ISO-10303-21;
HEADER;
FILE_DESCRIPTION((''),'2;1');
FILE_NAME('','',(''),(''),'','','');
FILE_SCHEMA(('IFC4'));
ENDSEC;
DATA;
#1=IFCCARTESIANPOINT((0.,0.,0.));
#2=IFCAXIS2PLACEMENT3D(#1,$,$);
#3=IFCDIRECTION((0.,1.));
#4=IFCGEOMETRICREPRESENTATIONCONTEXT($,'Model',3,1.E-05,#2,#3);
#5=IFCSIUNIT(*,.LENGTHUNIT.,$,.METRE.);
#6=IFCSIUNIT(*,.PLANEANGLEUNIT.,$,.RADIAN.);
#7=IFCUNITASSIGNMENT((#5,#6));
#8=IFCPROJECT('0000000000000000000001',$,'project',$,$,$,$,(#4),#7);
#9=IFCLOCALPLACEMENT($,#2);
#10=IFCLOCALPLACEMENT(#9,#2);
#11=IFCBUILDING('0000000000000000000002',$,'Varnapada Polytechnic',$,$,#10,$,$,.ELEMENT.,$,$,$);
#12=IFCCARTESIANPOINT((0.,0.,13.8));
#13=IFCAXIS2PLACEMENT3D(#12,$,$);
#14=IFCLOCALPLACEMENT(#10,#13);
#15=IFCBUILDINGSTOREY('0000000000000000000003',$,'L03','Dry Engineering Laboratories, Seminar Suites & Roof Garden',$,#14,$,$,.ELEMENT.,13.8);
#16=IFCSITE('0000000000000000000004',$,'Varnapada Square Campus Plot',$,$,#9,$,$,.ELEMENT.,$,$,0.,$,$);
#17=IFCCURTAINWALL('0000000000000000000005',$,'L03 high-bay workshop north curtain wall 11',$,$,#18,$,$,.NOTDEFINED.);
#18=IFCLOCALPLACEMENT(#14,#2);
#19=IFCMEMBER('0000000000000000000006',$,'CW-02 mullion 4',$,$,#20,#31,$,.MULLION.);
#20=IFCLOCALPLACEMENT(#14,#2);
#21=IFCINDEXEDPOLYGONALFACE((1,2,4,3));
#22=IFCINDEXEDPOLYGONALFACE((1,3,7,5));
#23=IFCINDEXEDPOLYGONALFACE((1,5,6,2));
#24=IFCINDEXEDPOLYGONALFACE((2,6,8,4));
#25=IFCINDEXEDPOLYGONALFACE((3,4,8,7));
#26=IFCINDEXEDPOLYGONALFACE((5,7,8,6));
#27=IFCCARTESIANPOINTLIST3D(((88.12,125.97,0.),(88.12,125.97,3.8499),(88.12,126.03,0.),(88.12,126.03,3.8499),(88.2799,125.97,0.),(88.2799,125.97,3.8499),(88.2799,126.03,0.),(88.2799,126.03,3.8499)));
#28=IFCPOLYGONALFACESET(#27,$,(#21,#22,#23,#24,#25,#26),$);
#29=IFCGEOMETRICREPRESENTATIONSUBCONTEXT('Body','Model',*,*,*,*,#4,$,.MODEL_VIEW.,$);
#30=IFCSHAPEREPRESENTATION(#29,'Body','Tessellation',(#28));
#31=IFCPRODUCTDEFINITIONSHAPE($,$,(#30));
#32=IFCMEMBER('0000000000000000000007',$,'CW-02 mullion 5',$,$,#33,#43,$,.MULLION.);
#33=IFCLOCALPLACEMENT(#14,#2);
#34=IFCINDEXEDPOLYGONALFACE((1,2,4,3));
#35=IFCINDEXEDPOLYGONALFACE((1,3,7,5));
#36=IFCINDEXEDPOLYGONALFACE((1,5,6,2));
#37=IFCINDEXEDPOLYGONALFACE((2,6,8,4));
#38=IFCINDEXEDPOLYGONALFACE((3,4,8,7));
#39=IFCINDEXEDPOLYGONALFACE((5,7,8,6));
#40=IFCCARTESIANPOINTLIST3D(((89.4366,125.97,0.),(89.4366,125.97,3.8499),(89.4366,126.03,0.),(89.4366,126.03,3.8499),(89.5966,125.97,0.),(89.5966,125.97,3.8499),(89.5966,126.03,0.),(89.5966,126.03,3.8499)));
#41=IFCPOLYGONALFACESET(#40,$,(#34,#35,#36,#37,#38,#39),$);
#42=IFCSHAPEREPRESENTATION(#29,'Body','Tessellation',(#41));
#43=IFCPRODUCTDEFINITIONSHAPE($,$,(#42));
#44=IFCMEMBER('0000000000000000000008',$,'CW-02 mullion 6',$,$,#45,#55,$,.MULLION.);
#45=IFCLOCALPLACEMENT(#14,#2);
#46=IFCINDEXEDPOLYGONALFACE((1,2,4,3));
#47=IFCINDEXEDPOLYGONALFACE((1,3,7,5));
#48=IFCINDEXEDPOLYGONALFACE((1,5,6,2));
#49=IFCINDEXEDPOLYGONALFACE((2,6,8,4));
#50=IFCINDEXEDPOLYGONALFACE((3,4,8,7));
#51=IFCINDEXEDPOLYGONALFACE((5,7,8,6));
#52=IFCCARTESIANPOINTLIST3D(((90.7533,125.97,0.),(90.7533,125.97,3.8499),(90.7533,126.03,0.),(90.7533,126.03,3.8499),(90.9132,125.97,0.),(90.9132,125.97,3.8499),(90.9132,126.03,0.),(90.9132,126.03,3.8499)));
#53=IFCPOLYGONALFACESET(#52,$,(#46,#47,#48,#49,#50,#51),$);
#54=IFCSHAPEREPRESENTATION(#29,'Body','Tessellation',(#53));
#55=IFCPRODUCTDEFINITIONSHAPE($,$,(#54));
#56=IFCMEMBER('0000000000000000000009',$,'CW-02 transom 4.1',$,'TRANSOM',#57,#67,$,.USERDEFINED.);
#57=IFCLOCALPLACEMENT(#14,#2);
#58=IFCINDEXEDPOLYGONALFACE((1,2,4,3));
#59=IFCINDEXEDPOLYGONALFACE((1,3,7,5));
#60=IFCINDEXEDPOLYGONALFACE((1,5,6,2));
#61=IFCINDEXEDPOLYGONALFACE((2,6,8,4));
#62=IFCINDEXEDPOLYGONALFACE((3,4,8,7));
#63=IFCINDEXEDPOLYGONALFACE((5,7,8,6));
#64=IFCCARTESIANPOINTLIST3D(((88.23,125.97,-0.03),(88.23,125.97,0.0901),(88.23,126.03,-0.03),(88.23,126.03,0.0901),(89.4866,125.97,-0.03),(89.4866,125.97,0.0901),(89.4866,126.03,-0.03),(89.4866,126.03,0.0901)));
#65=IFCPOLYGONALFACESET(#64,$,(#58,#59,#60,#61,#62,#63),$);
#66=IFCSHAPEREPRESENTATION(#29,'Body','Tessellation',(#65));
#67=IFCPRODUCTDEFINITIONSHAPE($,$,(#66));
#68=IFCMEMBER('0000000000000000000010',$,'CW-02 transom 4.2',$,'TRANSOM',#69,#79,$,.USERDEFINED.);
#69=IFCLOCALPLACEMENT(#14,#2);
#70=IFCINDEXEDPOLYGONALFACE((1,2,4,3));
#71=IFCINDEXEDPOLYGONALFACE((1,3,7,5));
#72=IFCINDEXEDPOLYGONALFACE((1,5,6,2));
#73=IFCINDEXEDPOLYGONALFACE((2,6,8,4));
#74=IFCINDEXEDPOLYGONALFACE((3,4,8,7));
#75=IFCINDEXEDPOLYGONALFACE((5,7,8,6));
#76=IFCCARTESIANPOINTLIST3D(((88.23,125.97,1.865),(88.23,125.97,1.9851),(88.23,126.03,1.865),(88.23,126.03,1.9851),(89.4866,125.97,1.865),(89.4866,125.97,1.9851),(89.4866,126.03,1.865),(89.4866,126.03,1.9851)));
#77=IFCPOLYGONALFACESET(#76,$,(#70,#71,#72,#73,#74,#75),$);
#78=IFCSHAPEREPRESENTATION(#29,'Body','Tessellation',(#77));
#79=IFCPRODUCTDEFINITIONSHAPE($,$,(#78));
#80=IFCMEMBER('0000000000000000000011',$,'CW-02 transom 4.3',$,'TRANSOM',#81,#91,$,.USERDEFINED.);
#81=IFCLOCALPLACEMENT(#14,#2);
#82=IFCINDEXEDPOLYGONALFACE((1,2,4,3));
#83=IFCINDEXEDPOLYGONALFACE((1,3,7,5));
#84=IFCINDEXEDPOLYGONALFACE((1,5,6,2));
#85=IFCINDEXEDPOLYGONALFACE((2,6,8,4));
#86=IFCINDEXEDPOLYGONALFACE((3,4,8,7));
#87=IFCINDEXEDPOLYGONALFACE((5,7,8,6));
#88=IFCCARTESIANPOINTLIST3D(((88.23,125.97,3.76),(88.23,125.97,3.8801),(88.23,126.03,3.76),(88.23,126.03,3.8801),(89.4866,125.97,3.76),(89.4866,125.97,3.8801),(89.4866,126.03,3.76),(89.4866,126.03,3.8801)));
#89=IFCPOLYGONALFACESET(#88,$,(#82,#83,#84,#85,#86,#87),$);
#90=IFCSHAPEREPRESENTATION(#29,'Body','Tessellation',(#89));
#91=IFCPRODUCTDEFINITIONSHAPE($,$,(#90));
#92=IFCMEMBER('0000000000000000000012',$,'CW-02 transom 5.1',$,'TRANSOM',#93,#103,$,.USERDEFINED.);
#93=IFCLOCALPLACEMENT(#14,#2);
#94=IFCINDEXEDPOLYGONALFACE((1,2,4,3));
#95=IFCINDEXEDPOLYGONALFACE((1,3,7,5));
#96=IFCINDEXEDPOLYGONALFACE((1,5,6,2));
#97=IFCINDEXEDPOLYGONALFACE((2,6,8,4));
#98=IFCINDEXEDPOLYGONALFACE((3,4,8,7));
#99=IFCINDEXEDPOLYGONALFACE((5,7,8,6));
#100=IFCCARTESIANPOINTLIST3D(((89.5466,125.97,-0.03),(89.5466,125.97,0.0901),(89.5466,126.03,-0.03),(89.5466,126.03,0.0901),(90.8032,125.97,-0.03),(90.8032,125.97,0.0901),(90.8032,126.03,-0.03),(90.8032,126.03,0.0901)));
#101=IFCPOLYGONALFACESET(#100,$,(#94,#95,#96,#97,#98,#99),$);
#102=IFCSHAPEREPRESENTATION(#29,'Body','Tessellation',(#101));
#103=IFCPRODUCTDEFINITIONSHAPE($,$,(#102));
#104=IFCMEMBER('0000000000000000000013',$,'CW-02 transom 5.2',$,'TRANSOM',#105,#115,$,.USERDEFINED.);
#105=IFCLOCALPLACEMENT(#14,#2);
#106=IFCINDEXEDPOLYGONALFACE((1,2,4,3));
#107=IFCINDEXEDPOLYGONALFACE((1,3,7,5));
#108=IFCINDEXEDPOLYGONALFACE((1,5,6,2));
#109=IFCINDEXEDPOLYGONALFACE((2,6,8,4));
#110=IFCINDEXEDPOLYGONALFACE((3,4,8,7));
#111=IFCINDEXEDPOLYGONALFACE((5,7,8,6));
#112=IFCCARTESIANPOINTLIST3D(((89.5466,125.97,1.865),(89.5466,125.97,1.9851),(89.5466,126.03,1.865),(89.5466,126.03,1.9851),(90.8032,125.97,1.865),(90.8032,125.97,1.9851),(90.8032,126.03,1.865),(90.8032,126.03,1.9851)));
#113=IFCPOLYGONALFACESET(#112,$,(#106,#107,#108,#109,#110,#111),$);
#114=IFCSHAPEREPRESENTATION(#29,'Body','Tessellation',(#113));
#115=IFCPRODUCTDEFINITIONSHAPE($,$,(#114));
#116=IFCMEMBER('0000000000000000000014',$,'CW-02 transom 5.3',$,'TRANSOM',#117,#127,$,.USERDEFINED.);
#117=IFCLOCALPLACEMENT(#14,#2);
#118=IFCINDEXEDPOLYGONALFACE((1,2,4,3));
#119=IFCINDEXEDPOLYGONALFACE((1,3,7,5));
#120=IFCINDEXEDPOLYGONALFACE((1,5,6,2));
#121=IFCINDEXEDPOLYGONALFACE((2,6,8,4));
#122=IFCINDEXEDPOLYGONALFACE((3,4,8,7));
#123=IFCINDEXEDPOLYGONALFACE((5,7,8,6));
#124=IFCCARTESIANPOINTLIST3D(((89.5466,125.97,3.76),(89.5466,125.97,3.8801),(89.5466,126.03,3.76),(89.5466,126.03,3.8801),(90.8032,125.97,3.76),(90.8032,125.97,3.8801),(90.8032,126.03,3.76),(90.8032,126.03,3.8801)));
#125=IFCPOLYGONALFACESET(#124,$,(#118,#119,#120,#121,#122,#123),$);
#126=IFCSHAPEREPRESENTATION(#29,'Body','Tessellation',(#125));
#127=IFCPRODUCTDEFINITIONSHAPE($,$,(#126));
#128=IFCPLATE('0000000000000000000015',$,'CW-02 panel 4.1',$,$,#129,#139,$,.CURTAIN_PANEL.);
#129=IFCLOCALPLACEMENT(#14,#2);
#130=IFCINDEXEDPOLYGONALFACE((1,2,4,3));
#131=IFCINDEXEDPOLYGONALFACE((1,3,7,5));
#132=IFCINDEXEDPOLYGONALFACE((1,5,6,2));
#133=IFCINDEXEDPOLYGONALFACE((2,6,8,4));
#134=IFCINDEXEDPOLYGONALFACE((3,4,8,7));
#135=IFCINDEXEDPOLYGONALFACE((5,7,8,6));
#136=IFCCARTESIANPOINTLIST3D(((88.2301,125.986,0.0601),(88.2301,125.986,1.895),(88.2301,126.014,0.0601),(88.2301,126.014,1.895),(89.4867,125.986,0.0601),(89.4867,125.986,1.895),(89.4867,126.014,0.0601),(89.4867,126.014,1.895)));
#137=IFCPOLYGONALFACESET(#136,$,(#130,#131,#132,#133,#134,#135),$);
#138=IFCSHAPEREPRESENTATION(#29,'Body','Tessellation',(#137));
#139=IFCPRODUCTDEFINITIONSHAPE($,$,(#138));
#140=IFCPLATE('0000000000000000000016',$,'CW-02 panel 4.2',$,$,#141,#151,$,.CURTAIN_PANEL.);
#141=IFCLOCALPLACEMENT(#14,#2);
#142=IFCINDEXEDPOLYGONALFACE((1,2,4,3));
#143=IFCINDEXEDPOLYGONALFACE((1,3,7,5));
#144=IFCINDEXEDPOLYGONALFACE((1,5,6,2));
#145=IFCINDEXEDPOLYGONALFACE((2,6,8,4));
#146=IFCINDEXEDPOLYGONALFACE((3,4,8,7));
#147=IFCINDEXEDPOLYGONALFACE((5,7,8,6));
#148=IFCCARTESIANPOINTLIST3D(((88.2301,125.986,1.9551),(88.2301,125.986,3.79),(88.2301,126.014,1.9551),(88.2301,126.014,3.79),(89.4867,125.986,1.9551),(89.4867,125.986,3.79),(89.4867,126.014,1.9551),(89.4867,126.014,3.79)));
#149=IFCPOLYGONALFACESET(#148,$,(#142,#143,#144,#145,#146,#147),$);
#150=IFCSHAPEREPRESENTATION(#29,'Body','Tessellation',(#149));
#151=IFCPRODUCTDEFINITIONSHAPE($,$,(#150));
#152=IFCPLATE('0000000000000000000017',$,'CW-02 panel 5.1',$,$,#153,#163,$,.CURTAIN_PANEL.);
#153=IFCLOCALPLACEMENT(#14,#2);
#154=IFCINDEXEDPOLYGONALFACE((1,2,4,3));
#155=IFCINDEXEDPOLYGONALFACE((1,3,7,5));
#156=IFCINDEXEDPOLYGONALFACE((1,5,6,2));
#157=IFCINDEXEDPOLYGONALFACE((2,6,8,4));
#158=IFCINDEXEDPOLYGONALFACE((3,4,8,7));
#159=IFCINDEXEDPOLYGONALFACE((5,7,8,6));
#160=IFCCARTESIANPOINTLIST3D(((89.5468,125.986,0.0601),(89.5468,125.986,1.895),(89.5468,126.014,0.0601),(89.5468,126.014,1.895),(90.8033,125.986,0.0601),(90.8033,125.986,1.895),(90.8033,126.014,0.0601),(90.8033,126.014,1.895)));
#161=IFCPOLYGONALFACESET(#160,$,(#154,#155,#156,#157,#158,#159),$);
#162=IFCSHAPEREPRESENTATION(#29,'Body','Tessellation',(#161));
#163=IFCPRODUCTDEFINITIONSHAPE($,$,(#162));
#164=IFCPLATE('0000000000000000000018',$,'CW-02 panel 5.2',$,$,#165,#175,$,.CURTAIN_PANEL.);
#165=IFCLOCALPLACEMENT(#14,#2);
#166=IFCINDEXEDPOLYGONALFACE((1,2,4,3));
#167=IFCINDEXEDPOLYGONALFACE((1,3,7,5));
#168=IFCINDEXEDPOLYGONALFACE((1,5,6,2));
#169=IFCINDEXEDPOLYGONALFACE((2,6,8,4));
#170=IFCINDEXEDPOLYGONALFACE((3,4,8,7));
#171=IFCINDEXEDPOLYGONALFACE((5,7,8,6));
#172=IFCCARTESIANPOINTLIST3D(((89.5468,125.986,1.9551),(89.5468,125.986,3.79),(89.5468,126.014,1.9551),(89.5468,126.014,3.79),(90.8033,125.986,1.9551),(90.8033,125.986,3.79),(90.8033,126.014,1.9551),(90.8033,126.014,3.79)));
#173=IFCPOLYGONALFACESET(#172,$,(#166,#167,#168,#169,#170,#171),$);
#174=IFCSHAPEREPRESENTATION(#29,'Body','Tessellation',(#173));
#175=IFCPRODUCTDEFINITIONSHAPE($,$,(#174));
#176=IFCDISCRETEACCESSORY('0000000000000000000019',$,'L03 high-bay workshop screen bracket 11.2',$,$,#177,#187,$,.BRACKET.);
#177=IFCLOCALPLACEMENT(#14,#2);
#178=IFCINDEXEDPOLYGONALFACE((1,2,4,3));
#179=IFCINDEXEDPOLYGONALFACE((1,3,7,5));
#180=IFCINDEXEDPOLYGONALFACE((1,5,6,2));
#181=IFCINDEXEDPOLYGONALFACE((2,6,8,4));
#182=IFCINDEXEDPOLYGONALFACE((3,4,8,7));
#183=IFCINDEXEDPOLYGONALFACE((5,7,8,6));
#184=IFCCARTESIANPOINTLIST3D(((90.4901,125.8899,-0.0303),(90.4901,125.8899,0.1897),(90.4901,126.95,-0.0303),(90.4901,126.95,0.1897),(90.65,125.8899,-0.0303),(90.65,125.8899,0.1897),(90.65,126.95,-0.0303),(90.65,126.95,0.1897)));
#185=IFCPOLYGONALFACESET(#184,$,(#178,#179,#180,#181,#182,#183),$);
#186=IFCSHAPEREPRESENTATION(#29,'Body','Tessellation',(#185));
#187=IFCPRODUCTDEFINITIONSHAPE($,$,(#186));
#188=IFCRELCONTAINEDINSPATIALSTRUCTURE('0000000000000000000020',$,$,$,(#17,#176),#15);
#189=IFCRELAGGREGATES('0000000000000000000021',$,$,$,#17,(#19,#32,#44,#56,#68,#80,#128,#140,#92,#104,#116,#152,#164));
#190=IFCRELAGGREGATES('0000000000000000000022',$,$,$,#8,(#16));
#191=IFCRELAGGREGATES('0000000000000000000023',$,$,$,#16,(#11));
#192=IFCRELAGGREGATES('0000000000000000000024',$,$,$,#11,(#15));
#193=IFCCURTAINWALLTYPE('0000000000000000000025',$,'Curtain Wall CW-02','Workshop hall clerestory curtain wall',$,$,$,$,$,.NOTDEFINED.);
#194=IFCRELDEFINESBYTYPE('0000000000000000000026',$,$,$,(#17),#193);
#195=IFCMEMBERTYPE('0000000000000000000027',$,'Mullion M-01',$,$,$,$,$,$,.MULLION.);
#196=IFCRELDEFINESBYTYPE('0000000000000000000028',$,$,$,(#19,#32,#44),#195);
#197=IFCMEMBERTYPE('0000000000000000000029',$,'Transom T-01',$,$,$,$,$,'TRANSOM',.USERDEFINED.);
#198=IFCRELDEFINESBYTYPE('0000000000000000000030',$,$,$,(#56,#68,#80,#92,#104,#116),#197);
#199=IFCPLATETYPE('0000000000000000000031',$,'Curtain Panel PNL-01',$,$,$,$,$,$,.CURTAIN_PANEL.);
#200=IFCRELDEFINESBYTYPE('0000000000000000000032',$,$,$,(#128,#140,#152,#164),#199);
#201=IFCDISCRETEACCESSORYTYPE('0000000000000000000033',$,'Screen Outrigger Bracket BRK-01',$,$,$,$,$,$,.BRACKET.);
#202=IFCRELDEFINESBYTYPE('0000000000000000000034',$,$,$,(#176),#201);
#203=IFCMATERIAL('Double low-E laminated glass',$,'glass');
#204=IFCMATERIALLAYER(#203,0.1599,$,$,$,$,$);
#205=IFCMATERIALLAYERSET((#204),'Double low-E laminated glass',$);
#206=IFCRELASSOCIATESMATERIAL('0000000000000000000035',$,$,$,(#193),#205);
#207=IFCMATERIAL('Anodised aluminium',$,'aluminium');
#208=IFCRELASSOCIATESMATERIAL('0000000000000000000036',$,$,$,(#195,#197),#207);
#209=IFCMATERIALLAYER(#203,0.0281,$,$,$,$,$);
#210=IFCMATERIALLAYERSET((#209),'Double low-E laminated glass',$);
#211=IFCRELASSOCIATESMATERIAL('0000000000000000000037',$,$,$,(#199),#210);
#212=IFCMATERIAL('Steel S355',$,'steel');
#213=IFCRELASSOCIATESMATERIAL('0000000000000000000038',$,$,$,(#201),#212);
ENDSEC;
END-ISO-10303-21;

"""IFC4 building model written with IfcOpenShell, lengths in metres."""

from ifc_helpers import new_model, si_unit, direction, frame, origin, origin_2d, place, context, subcontext, project, spatial, rectangle, extrude, material, layer, layer_set, material_profile, profile_set, type_object, element, aggregate, save


model = new_model("IFC4")

# Units and contexts
model_context = context("Model", 3, precision=1e-05, world=origin(), true_north=direction((0.0, 1.0)))
body_context = subcontext(model_context, "Body", "Model", "MODEL_VIEW")
ifc_project = project(units=[si_unit("LENGTHUNIT", "METRE"), si_unit("PLANEANGLEUNIT", "RADIAN")], contexts=[model_context])

# Site, building, storey
site_placement = place(None, origin())
site = spatial("IfcSite", under=ifc_project, at=site_placement, Name="Varnapada Square Campus Plot", CompositionType="ELEMENT", RefElevation=0.0)
building_placement = place(site_placement, origin())
building = spatial("IfcBuilding", under=site, at=building_placement, Name="Varnapada Polytechnic", CompositionType="ELEMENT")
storey_placement = place(building_placement, frame((0.0, 0.0, 13.8)))
storey = spatial("IfcBuildingStorey", under=building, at=storey_placement, Name="L03", Description="Dry Engineering Laboratories, Seminar Suites & Roof Garden", CompositionType="ELEMENT", Elevation=13.8)

# Curtain wall, members, plates
ifc_material_1 = material(Name="Double low-E laminated glass", Category="glass")
ifc_layer_1 = layer(ifc_material_1, 0.1599)
ifc_layer_set_1 = layer_set([ifc_layer_1], Name="Double low-E laminated glass")
curtain_wall_type = type_object("IfcCurtainWallType", Name="Curtain Wall CW-02", Description="Workshop hall clerestory curtain wall", PredefinedType="NOTDEFINED", material=ifc_layer_set_1)
curtain_wall_placement = place(storey_placement, origin())
curtain_wall = element("IfcCurtainWall", 1, at=curtain_wall_placement, inside=storey, type_object=curtain_wall_type, Name="L03 high-bay workshop north curtain wall 11", PredefinedType="NOTDEFINED")
ifc_material_2 = material(Name="Anodised aluminium", Category="aluminium")
ifc_material_profile_1 = material_profile(ifc_material_2, rectangle(XDim=0.0601, YDim=0.1599, at=origin_2d()), Name="ALU M60x160")
ifc_profile_set_1 = profile_set([ifc_material_profile_1], Name="Anodised aluminium")
member_type_1 = type_object("IfcMemberType", Name="Mullion M-01", PredefinedType="MULLION", material=ifc_profile_set_1)
member_1_placement = place(storey_placement, frame((88.2, 126.0, 0.0), z_axis=(0.0, 0.0, 1.0), x_axis=(0.0, 1.0, 0.0)))
member_1 = element("IfcMember", 2, at=member_1_placement, type_object=member_type_1, Name="CW-02 mullion 4", PredefinedType="MULLION", context=body_context, shape_type="SweptSolid", body=[
    extrude(rectangle(XDim=0.0601, YDim=0.1599, at=origin_2d()), origin(), (0.0, 0.0, 1.0), 3.8499),
])
member_2_placement = place(storey_placement, frame((89.5166, 126.0, 0.0), z_axis=(0.0, 0.0, 1.0), x_axis=(0.0, 1.0, 0.0)))
member_2 = element("IfcMember", 3, at=member_2_placement, type_object=member_type_1, Name="CW-02 mullion 5", PredefinedType="MULLION", context=body_context, shape_type="SweptSolid", body=[
    extrude(rectangle(XDim=0.0601, YDim=0.1599, at=origin_2d()), origin(), (0.0, 0.0, 1.0), 3.8499),
])
member_3_placement = place(storey_placement, frame((90.8333, 126.0, 0.0), z_axis=(0.0, 0.0, 1.0), x_axis=(0.0, 1.0, 0.0)))
member_3 = element("IfcMember", 4, at=member_3_placement, type_object=member_type_1, Name="CW-02 mullion 6", PredefinedType="MULLION", context=body_context, shape_type="SweptSolid", body=[
    extrude(rectangle(XDim=0.0601, YDim=0.1599, at=origin_2d()), origin(), (0.0, 0.0, 1.0), 3.8499),
])
ifc_material_profile_2 = material_profile(ifc_material_2, rectangle(XDim=0.0601, YDim=0.1201, at=origin_2d()), Name="ALU T60x120")
ifc_profile_set_2 = profile_set([ifc_material_profile_2], Name="Anodised aluminium")
member_type_2 = type_object("IfcMemberType", Name="Transom T-01", ElementType="TRANSOM", PredefinedType="USERDEFINED", material=ifc_profile_set_2)
member_4_placement = place(storey_placement, frame((88.23, 126.0, 0.03), z_axis=(1.0, 0.0, 0.0), x_axis=(0.0, 1.0, 0.0)))
member_4 = element("IfcMember", 5, at=member_4_placement, type_object=member_type_2, Name="CW-02 transom 4.1", ObjectType="TRANSOM", PredefinedType="USERDEFINED", context=body_context, shape_type="SweptSolid", body=[
    extrude(rectangle(XDim=0.0601, YDim=0.1201, at=origin_2d()), origin(), (0.0, 0.0, 1.0), 1.2566),
])
member_5_placement = place(storey_placement, frame((88.23, 126.0, 1.925), z_axis=(1.0, 0.0, 0.0), x_axis=(0.0, 1.0, 0.0)))
member_5 = element("IfcMember", 6, at=member_5_placement, type_object=member_type_2, Name="CW-02 transom 4.2", ObjectType="TRANSOM", PredefinedType="USERDEFINED", context=body_context, shape_type="SweptSolid", body=[
    extrude(rectangle(XDim=0.0601, YDim=0.1201, at=origin_2d()), origin(), (0.0, 0.0, 1.0), 1.2566),
])
member_6_placement = place(storey_placement, frame((88.23, 126.0, 3.8201), z_axis=(1.0, 0.0, 0.0), x_axis=(0.0, 1.0, 0.0)))
member_6 = element("IfcMember", 7, at=member_6_placement, type_object=member_type_2, Name="CW-02 transom 4.3", ObjectType="TRANSOM", PredefinedType="USERDEFINED", context=body_context, shape_type="SweptSolid", body=[
    extrude(rectangle(XDim=0.0601, YDim=0.1201, at=origin_2d()), origin(), (0.0, 0.0, 1.0), 1.2566),
])
member_7_placement = place(storey_placement, frame((89.5466, 126.0, 0.03), z_axis=(1.0, 0.0, 0.0), x_axis=(0.0, 1.0, 0.0)))
member_7 = element("IfcMember", 8, at=member_7_placement, type_object=member_type_2, Name="CW-02 transom 5.1", ObjectType="TRANSOM", PredefinedType="USERDEFINED", context=body_context, shape_type="SweptSolid", body=[
    extrude(rectangle(XDim=0.0601, YDim=0.1201, at=origin_2d()), origin(), (0.0, 0.0, 1.0), 1.2566),
])
member_8_placement = place(storey_placement, frame((89.5466, 126.0, 1.925), z_axis=(1.0, 0.0, 0.0), x_axis=(0.0, 1.0, 0.0)))
member_8 = element("IfcMember", 9, at=member_8_placement, type_object=member_type_2, Name="CW-02 transom 5.2", ObjectType="TRANSOM", PredefinedType="USERDEFINED", context=body_context, shape_type="SweptSolid", body=[
    extrude(rectangle(XDim=0.0601, YDim=0.1201, at=origin_2d()), origin(), (0.0, 0.0, 1.0), 1.2566),
])
member_9_placement = place(storey_placement, frame((89.5466, 126.0, 3.8201), z_axis=(1.0, 0.0, 0.0), x_axis=(0.0, 1.0, 0.0)))
member_9 = element("IfcMember", 10, at=member_9_placement, type_object=member_type_2, Name="CW-02 transom 5.3", ObjectType="TRANSOM", PredefinedType="USERDEFINED", context=body_context, shape_type="SweptSolid", body=[
    extrude(rectangle(XDim=0.0601, YDim=0.1201, at=origin_2d()), origin(), (0.0, 0.0, 1.0), 1.2566),
])
ifc_layer_2 = layer(ifc_material_1, 0.0281)
ifc_layer_set_2 = layer_set([ifc_layer_2], Name="Double low-E laminated glass")
plate_type = type_object("IfcPlateType", Name="Curtain Panel PNL-01", PredefinedType="CURTAIN_PANEL", material=ifc_layer_set_2)
plate_1_placement = place(storey_placement, frame((88.8584, 126.0, 0.0601), z_axis=(0.0, 0.0, 1.0), x_axis=(1.0, 0.0, 0.0)))
plate_1 = element("IfcPlate", 11, at=plate_1_placement, type_object=plate_type, Name="CW-02 panel 4.1", PredefinedType="CURTAIN_PANEL", context=body_context, shape_type="SweptSolid", body=[
    extrude(rectangle(XDim=1.2566, YDim=0.0281, at=origin_2d()), origin(), (0.0, 0.0, 1.0), 1.835),
])
plate_2_placement = place(storey_placement, frame((88.8584, 126.0, 1.9551), z_axis=(0.0, 0.0, 1.0), x_axis=(1.0, 0.0, 0.0)))
plate_2 = element("IfcPlate", 12, at=plate_2_placement, type_object=plate_type, Name="CW-02 panel 4.2", PredefinedType="CURTAIN_PANEL", context=body_context, shape_type="SweptSolid", body=[
    extrude(rectangle(XDim=1.2566, YDim=0.0281, at=origin_2d()), origin(), (0.0, 0.0, 1.0), 1.835),
])
plate_3_placement = place(storey_placement, frame((90.175, 126.0, 0.0601), z_axis=(0.0, 0.0, 1.0), x_axis=(1.0, 0.0, 0.0)))
plate_3 = element("IfcPlate", 13, at=plate_3_placement, type_object=plate_type, Name="CW-02 panel 5.1", PredefinedType="CURTAIN_PANEL", context=body_context, shape_type="SweptSolid", body=[
    extrude(rectangle(XDim=1.2566, YDim=0.0281, at=origin_2d()), origin(), (0.0, 0.0, 1.0), 1.835),
])
plate_4_placement = place(storey_placement, frame((90.175, 126.0, 1.9551), z_axis=(0.0, 0.0, 1.0), x_axis=(1.0, 0.0, 0.0)))
plate_4 = element("IfcPlate", 14, at=plate_4_placement, type_object=plate_type, Name="CW-02 panel 5.2", PredefinedType="CURTAIN_PANEL", context=body_context, shape_type="SweptSolid", body=[
    extrude(rectangle(XDim=1.2566, YDim=0.0281, at=origin_2d()), origin(), (0.0, 0.0, 1.0), 1.835),
])
aggregate(curtain_wall, [member_1, member_2, member_3, member_4, member_5, member_6, plate_1, plate_2, member_7, member_8, member_9, plate_3, plate_4])

# Discrete accessory
ifc_material_3 = material(Name="Steel S355", Category="steel")
discrete_accessory_type = type_object("IfcDiscreteAccessoryType", Name="Screen Outrigger Bracket BRK-01", PredefinedType="BRACKET", material=ifc_material_3)
discrete_accessory_placement = place(storey_placement, frame((90.5701, 126.4199, -0.0303), z_axis=(0.0, 0.0, 1.0), x_axis=(1.0, 0.0, 0.0)))
element("IfcDiscreteAccessory", 15, at=discrete_accessory_placement, inside=storey, type_object=discrete_accessory_type, Name="L03 high-bay workshop screen bracket 11.2", PredefinedType="BRACKET", context=body_context, shape_type="SweptSolid", body=[
    extrude(rectangle(XDim=0.1599, YDim=1.0601, at=origin_2d()), origin(), (0.0, 0.0, 1.0), 0.22),
])

save(model, "model.ifc")
